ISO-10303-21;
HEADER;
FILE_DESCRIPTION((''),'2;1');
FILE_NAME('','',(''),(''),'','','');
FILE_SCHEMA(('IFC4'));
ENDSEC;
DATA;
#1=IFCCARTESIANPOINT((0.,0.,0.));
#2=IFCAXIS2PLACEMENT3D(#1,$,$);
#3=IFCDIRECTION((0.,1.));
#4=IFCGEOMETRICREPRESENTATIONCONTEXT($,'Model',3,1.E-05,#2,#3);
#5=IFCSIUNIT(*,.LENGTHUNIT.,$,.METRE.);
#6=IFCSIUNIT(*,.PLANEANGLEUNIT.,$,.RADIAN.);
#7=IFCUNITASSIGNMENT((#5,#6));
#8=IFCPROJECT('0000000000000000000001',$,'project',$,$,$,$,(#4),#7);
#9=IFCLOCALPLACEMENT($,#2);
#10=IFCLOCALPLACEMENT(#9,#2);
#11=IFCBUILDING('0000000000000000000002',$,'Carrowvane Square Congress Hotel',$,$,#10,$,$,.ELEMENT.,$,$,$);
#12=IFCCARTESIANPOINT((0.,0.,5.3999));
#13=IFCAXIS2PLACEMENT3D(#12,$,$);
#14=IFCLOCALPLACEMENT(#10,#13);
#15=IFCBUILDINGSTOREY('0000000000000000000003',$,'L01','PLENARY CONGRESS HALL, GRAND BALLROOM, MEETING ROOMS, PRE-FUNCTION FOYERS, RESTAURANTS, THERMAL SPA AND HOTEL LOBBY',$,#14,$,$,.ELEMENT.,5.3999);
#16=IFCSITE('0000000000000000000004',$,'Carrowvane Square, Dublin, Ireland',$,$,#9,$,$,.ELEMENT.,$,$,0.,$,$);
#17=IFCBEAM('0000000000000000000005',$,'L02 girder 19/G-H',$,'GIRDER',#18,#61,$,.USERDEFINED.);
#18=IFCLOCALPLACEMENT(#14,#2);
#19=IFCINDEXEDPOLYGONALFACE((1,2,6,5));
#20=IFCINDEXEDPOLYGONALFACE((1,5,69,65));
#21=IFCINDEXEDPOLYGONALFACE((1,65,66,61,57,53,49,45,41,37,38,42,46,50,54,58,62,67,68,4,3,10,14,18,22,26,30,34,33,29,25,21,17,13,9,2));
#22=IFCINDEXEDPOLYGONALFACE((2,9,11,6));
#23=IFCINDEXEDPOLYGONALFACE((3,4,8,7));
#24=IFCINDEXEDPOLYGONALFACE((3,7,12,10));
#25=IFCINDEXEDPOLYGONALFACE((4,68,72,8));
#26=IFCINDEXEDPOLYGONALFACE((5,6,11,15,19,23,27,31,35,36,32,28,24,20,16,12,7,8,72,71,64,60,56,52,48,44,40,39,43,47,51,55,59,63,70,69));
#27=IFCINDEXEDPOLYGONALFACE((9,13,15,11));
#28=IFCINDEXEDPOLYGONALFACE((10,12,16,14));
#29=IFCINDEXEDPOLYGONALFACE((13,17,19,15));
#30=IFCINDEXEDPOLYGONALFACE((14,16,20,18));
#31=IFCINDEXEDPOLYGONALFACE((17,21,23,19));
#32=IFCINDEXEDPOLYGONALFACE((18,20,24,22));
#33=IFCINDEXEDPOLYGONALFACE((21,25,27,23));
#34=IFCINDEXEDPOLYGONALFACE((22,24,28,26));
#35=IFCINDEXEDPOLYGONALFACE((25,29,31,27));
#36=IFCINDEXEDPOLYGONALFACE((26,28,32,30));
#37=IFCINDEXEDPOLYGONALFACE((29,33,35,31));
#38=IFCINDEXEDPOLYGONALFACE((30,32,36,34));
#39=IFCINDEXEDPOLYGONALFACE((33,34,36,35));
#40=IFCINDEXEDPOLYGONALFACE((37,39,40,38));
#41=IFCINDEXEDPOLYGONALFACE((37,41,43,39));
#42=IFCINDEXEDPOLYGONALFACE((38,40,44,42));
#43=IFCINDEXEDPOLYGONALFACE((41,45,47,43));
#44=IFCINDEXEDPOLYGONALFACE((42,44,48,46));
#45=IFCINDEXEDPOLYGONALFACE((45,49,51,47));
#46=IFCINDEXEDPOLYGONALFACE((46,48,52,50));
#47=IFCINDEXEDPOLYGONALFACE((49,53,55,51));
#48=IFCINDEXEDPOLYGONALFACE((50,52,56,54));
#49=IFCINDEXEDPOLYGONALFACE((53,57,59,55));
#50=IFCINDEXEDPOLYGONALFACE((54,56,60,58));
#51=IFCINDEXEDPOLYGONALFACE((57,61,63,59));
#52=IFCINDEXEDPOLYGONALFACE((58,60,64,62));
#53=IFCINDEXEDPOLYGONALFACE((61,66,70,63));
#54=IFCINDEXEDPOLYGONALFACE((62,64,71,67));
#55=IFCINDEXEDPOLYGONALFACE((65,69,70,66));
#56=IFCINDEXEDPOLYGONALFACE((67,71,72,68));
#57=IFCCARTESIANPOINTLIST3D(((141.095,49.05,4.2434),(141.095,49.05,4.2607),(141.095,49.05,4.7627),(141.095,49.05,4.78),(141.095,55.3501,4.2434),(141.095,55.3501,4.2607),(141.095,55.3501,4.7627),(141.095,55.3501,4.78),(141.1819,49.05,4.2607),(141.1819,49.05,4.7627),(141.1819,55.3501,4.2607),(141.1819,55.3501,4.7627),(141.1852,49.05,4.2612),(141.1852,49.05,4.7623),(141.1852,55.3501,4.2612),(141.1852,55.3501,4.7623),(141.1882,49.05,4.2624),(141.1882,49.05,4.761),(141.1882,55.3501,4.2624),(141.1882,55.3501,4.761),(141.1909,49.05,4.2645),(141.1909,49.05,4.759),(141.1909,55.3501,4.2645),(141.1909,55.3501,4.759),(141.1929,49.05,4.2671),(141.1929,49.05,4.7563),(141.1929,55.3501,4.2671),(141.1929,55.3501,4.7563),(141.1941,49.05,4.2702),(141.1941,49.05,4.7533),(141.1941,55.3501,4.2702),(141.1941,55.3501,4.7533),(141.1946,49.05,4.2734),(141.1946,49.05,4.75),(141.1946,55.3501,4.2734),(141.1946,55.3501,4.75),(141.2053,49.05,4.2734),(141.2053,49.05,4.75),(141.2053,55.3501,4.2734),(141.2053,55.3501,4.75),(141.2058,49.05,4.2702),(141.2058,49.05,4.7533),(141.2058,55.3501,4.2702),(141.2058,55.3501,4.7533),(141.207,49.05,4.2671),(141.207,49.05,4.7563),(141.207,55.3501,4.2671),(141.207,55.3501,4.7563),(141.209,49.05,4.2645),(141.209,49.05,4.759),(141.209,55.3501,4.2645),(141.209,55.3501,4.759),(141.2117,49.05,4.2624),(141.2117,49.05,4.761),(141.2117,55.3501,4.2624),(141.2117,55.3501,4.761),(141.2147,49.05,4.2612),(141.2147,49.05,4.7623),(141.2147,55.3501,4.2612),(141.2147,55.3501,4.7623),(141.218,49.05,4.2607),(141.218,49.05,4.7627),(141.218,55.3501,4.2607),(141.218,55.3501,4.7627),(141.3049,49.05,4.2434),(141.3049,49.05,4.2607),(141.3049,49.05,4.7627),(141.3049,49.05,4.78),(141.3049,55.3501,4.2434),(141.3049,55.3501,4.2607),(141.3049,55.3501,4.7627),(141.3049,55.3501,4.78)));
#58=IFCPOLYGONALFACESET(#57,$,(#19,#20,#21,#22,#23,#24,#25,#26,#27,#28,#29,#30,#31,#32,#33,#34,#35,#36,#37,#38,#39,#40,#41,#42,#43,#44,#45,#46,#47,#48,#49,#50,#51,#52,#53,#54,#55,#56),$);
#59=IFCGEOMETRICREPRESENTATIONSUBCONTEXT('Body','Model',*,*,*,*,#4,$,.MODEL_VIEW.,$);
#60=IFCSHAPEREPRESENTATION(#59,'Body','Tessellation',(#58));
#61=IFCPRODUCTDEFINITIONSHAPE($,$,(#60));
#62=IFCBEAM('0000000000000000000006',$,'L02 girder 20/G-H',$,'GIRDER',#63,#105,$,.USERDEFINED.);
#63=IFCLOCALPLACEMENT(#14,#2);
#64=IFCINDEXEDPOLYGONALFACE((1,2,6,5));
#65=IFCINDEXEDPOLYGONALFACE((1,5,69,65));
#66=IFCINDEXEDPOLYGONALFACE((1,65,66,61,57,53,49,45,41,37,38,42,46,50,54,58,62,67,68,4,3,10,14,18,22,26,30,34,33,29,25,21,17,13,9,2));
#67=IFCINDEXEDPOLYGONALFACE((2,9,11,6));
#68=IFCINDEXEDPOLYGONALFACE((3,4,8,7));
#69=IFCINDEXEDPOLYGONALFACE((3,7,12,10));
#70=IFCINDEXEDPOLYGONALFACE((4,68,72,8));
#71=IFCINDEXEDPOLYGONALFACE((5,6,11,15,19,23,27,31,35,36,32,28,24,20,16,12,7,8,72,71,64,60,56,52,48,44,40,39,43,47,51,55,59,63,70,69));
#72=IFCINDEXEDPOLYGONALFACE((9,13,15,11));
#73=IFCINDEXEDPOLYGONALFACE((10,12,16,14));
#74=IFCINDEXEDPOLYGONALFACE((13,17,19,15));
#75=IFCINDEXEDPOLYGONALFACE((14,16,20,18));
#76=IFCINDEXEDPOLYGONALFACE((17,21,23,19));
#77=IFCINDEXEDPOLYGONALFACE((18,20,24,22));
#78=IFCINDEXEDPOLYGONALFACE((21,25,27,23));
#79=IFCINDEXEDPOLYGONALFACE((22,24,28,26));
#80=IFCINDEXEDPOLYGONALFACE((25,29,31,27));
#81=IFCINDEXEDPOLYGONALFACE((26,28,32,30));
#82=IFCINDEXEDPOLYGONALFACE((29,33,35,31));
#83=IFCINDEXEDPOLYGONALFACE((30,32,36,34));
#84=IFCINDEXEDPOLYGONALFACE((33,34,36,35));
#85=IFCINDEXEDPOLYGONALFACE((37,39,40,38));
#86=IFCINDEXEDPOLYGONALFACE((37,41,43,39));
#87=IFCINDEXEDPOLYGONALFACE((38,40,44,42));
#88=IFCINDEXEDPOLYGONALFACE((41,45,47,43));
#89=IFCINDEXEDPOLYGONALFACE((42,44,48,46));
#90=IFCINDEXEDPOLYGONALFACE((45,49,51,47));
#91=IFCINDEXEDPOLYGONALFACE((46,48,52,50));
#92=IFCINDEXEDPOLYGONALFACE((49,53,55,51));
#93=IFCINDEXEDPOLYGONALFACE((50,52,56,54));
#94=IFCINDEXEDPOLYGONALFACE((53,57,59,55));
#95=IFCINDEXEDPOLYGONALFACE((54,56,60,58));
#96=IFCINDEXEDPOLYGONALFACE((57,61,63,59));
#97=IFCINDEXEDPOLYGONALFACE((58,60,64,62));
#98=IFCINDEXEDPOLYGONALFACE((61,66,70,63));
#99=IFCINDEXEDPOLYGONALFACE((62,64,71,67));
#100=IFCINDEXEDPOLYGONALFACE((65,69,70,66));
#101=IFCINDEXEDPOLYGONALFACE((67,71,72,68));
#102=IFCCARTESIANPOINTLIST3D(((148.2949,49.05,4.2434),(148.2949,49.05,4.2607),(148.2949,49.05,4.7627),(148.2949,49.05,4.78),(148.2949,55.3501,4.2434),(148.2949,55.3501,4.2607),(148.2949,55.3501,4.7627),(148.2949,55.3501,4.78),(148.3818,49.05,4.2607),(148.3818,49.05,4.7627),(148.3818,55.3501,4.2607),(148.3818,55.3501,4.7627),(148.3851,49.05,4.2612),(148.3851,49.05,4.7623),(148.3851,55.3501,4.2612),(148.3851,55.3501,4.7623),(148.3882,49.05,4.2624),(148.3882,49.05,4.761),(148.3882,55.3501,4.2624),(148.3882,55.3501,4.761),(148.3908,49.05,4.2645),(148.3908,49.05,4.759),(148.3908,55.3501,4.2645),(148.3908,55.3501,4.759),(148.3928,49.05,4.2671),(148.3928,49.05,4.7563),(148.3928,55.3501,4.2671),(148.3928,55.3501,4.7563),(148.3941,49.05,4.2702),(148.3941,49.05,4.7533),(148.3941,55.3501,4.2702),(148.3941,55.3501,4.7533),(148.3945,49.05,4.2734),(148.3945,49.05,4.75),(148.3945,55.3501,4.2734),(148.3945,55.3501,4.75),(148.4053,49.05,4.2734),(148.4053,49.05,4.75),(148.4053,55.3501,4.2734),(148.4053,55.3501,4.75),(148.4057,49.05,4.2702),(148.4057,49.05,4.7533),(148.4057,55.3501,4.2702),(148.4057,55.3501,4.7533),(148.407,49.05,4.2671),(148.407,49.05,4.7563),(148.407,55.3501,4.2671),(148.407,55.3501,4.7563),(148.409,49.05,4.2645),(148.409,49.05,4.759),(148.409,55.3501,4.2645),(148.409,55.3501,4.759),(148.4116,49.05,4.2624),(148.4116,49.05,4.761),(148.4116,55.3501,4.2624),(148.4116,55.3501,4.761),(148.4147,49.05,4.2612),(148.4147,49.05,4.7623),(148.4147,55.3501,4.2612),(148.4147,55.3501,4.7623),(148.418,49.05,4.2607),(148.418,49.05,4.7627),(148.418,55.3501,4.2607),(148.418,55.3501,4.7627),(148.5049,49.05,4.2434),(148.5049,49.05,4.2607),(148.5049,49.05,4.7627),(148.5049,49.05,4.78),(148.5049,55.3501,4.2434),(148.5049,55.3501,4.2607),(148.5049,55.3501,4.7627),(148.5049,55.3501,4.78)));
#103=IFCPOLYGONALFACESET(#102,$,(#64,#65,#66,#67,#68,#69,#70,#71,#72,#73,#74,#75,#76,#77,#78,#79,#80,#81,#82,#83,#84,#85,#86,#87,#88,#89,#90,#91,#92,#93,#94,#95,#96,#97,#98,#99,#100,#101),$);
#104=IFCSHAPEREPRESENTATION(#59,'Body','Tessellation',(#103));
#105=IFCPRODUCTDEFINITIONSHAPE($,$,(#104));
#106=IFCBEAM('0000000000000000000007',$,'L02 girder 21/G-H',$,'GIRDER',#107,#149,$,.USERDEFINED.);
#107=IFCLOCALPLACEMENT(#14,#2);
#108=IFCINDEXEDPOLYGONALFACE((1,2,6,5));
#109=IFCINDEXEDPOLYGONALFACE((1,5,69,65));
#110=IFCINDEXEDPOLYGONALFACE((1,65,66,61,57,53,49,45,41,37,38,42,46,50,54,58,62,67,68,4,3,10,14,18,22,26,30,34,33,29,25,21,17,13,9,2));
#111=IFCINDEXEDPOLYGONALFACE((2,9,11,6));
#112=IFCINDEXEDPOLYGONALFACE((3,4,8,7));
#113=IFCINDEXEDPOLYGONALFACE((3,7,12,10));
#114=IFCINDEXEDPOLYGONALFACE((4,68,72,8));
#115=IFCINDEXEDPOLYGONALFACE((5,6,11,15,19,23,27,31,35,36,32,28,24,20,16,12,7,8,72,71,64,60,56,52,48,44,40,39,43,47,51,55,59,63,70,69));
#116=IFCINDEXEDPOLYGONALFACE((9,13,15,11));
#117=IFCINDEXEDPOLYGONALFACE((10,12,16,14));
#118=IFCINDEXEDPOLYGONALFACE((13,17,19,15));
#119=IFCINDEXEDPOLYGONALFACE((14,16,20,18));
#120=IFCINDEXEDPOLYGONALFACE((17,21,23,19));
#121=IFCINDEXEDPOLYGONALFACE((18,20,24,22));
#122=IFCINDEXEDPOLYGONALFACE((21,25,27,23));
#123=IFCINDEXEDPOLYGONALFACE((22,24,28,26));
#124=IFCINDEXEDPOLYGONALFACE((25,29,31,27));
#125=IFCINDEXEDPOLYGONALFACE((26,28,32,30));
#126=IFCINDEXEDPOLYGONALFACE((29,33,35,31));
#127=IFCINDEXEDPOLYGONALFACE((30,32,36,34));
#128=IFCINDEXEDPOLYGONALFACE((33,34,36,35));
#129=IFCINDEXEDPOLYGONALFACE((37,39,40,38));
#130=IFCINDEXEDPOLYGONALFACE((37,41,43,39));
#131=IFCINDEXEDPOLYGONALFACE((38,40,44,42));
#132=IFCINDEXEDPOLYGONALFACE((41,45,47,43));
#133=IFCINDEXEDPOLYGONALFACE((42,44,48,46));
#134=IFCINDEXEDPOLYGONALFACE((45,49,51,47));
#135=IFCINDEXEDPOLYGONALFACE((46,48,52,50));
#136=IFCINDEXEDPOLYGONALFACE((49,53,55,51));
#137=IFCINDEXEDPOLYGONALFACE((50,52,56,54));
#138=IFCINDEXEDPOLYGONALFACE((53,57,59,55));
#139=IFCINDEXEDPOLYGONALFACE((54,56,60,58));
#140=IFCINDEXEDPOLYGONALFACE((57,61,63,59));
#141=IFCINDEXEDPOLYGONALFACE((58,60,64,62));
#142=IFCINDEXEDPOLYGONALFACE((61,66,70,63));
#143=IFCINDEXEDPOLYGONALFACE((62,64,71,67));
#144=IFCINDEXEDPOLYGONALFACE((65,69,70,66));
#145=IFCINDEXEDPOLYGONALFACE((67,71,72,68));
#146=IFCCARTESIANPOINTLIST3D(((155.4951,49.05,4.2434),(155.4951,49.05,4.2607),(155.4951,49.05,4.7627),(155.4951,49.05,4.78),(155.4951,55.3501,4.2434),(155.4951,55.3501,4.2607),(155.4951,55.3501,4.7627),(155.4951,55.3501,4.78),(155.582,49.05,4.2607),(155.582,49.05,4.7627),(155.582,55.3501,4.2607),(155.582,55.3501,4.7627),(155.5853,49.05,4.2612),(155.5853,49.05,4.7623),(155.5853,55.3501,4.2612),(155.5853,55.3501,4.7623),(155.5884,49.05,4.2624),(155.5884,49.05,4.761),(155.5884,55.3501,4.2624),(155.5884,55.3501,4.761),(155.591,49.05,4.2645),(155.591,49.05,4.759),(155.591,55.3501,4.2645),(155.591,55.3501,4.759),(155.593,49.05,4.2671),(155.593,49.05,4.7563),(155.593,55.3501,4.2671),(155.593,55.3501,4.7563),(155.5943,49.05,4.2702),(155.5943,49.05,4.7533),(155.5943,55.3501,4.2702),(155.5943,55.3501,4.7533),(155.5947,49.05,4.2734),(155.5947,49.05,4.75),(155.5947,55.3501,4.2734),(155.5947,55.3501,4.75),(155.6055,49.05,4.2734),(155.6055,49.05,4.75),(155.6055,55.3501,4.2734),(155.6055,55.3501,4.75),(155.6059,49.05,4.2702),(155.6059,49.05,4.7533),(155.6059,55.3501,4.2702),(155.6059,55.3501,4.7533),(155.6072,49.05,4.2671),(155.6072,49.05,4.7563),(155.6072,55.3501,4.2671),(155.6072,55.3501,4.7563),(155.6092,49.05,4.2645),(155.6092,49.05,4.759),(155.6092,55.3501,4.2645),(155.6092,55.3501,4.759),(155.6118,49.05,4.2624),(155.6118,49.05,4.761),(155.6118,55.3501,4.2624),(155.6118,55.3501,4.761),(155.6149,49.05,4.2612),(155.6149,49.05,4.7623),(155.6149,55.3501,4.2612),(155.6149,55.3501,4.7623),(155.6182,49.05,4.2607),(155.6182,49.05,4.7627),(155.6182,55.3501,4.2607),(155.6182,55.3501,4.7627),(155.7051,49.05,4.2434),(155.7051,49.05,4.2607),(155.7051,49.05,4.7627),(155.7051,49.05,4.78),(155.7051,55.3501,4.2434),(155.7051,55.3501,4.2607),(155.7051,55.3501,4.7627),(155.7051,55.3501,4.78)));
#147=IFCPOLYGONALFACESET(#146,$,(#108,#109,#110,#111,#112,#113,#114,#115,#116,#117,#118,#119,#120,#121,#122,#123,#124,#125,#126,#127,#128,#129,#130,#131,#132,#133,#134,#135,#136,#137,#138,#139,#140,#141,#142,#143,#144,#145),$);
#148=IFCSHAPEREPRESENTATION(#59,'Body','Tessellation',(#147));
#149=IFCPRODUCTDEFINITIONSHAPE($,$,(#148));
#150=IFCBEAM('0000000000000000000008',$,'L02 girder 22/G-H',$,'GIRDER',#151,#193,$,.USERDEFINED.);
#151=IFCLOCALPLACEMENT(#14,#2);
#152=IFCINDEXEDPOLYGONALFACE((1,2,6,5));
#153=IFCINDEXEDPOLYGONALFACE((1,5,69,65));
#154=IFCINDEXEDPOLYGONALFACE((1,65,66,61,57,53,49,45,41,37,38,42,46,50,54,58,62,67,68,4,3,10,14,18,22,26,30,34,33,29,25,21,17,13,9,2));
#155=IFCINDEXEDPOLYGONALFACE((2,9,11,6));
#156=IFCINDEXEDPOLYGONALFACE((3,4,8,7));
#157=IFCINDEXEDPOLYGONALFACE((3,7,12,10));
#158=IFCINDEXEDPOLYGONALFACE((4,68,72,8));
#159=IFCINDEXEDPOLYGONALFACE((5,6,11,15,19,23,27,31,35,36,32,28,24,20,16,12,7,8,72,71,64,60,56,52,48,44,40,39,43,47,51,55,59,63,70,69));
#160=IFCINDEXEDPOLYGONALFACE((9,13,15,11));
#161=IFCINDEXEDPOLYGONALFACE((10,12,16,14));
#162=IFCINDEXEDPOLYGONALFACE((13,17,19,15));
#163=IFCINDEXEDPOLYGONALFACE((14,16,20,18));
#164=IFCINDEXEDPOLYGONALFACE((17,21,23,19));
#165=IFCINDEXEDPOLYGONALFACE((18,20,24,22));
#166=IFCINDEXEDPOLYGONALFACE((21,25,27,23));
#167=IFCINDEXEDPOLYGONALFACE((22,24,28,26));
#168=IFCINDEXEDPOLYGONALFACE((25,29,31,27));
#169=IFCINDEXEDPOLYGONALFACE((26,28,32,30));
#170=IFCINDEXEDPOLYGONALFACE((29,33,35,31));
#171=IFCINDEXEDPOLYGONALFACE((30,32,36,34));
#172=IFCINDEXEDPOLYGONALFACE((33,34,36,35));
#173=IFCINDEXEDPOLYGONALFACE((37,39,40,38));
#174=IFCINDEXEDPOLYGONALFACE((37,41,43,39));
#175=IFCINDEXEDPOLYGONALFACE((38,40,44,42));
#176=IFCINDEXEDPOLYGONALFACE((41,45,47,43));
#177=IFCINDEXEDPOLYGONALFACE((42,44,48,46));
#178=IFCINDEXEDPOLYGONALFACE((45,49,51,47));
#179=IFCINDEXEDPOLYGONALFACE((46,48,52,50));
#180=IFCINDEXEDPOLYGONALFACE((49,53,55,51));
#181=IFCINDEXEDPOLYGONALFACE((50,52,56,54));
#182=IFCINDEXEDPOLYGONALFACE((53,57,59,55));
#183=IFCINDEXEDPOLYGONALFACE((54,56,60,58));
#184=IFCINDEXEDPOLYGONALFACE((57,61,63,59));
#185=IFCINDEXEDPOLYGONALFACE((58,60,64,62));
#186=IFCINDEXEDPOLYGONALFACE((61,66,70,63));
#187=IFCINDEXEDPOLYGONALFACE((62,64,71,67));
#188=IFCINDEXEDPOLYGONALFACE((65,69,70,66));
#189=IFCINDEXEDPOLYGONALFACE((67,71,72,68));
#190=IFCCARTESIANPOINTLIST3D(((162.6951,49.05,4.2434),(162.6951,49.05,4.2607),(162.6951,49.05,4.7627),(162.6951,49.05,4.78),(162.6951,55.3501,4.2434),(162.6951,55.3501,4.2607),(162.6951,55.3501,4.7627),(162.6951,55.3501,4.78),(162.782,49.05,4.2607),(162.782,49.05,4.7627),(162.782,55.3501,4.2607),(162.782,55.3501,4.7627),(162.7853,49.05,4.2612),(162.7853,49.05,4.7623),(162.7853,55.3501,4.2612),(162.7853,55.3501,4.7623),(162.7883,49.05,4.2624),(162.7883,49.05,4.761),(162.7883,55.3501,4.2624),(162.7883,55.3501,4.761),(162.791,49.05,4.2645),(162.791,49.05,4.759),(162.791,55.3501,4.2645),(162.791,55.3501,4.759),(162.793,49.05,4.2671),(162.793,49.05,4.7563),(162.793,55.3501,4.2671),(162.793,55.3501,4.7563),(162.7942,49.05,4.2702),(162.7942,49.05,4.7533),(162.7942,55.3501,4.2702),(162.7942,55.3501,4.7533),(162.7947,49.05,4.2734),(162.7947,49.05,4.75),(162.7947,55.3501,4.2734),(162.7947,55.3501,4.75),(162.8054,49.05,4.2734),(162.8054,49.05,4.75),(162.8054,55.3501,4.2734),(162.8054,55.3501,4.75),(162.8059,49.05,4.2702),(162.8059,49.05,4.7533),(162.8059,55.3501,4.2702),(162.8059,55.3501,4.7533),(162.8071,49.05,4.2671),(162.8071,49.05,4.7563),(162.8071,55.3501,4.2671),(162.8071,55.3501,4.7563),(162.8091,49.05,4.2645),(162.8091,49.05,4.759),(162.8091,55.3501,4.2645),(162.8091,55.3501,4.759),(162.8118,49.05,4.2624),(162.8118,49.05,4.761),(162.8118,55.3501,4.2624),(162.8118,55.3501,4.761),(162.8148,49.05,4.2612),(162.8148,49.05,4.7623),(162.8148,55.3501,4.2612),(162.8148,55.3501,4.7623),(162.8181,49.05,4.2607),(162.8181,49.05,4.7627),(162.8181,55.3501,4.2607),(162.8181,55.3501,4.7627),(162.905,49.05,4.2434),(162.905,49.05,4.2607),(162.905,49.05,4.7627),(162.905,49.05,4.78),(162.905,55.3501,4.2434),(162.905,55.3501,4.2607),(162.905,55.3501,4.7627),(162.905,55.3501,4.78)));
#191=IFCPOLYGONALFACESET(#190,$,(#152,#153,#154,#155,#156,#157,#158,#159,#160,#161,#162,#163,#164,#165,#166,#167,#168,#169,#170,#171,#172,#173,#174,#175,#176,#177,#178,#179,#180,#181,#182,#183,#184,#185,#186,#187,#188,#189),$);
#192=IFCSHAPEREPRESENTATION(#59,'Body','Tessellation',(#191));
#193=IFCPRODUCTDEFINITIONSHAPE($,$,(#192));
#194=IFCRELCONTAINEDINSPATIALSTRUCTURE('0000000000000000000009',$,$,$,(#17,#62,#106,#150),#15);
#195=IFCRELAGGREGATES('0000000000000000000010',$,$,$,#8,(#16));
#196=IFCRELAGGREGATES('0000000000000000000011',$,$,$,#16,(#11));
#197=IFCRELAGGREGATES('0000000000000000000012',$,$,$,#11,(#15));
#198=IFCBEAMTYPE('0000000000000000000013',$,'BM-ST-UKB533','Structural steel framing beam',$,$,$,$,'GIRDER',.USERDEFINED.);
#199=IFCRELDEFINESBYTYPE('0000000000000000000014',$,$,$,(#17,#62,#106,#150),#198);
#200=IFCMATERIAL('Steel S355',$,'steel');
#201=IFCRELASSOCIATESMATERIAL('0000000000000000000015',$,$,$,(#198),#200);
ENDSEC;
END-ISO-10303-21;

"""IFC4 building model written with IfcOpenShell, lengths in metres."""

from ifc_helpers import new_model, si_unit, direction, frame, origin, origin_2d, place, context, subcontext, project, spatial, i_section, extrude, material, material_profile, profile_set, type_object, element, save


model = new_model("IFC4")

# Units and contexts
model_context = context("Model", 3, precision=1e-05, world=origin(), true_north=direction((0.0, 1.0)))
body_context = subcontext(model_context, "Body", "Model", "MODEL_VIEW")
ifc_project = project(units=[si_unit("LENGTHUNIT", "METRE"), si_unit("PLANEANGLEUNIT", "RADIAN")], contexts=[model_context])

# Site, building, storey
site_placement = place(None, origin())
site = spatial("IfcSite", under=ifc_project, at=site_placement, Name="Carrowvane Square, Dublin, Ireland", CompositionType="ELEMENT", RefElevation=0.0)
building_placement = place(site_placement, origin())
building = spatial("IfcBuilding", under=site, at=building_placement, Name="Carrowvane Square Congress Hotel", CompositionType="ELEMENT")
storey_placement = place(building_placement, frame((0.0, 0.0, 5.3999)))
storey = spatial("IfcBuildingStorey", under=building, at=storey_placement, Name="L01", Description="PLENARY CONGRESS HALL, GRAND BALLROOM, MEETING ROOMS, PRE-FUNCTION FOYERS, RESTAURANTS, THERMAL SPA AND HOTEL LOBBY", CompositionType="ELEMENT", Elevation=5.3999)

# Beams
ifc_material_1 = material(Name="Steel S355", Category="steel")
ifc_material_profile_1 = material_profile(ifc_material_1, i_section(OverallWidth=0.21, OverallDepth=0.5366, WebThickness=0.0107, FlangeThickness=0.0173, FilletRadius=0.0127, at=origin_2d()), Name="UKB 533x210x101")
ifc_profile_set_1 = profile_set([ifc_material_profile_1], Name="Steel S355")
beam_type_1 = type_object("IfcBeamType", Name="BM-ST-UKB533", Description="Structural steel framing beam", ElementType="GIRDER", PredefinedType="USERDEFINED", material=ifc_profile_set_1)
for number, where, z_axis, x_axis, name in (
    (1, (141.2, 49.05, 4.5117), (0.0, 1.0, 0.0), (-1.0, 0.0, 0.0), "L02 girder 19/G-H"),
    (2, (148.3999, 49.05, 4.5117), (0.0, 1.0, 0.0), (-1.0, 0.0, 0.0), "L02 girder 20/G-H"),
    (3, (155.6001, 49.05, 4.5117), (0.0, 1.0, 0.0), (-1.0, 0.0, 0.0), "L02 girder 21/G-H"),
    (4, (162.8, 49.05, 4.5117), (0.0, 1.0, 0.0), (-1.0, 0.0, 0.0), "L02 girder 22/G-H"),
):
    element("IfcBeam", number, at=place(storey_placement, frame(where, z_axis=z_axis, x_axis=x_axis)), inside=storey, type_object=beam_type_1, Name=name, ObjectType="GIRDER", PredefinedType="USERDEFINED", context=body_context, shape_type="SweptSolid", body=[
        extrude(i_section(OverallWidth=0.21, OverallDepth=0.5366, WebThickness=0.0107, FlangeThickness=0.0173, FilletRadius=0.0127, at=origin_2d()), origin(), (0.0, 0.0, 1.0), 6.3),
    ])

save(model, "model.ifc")
